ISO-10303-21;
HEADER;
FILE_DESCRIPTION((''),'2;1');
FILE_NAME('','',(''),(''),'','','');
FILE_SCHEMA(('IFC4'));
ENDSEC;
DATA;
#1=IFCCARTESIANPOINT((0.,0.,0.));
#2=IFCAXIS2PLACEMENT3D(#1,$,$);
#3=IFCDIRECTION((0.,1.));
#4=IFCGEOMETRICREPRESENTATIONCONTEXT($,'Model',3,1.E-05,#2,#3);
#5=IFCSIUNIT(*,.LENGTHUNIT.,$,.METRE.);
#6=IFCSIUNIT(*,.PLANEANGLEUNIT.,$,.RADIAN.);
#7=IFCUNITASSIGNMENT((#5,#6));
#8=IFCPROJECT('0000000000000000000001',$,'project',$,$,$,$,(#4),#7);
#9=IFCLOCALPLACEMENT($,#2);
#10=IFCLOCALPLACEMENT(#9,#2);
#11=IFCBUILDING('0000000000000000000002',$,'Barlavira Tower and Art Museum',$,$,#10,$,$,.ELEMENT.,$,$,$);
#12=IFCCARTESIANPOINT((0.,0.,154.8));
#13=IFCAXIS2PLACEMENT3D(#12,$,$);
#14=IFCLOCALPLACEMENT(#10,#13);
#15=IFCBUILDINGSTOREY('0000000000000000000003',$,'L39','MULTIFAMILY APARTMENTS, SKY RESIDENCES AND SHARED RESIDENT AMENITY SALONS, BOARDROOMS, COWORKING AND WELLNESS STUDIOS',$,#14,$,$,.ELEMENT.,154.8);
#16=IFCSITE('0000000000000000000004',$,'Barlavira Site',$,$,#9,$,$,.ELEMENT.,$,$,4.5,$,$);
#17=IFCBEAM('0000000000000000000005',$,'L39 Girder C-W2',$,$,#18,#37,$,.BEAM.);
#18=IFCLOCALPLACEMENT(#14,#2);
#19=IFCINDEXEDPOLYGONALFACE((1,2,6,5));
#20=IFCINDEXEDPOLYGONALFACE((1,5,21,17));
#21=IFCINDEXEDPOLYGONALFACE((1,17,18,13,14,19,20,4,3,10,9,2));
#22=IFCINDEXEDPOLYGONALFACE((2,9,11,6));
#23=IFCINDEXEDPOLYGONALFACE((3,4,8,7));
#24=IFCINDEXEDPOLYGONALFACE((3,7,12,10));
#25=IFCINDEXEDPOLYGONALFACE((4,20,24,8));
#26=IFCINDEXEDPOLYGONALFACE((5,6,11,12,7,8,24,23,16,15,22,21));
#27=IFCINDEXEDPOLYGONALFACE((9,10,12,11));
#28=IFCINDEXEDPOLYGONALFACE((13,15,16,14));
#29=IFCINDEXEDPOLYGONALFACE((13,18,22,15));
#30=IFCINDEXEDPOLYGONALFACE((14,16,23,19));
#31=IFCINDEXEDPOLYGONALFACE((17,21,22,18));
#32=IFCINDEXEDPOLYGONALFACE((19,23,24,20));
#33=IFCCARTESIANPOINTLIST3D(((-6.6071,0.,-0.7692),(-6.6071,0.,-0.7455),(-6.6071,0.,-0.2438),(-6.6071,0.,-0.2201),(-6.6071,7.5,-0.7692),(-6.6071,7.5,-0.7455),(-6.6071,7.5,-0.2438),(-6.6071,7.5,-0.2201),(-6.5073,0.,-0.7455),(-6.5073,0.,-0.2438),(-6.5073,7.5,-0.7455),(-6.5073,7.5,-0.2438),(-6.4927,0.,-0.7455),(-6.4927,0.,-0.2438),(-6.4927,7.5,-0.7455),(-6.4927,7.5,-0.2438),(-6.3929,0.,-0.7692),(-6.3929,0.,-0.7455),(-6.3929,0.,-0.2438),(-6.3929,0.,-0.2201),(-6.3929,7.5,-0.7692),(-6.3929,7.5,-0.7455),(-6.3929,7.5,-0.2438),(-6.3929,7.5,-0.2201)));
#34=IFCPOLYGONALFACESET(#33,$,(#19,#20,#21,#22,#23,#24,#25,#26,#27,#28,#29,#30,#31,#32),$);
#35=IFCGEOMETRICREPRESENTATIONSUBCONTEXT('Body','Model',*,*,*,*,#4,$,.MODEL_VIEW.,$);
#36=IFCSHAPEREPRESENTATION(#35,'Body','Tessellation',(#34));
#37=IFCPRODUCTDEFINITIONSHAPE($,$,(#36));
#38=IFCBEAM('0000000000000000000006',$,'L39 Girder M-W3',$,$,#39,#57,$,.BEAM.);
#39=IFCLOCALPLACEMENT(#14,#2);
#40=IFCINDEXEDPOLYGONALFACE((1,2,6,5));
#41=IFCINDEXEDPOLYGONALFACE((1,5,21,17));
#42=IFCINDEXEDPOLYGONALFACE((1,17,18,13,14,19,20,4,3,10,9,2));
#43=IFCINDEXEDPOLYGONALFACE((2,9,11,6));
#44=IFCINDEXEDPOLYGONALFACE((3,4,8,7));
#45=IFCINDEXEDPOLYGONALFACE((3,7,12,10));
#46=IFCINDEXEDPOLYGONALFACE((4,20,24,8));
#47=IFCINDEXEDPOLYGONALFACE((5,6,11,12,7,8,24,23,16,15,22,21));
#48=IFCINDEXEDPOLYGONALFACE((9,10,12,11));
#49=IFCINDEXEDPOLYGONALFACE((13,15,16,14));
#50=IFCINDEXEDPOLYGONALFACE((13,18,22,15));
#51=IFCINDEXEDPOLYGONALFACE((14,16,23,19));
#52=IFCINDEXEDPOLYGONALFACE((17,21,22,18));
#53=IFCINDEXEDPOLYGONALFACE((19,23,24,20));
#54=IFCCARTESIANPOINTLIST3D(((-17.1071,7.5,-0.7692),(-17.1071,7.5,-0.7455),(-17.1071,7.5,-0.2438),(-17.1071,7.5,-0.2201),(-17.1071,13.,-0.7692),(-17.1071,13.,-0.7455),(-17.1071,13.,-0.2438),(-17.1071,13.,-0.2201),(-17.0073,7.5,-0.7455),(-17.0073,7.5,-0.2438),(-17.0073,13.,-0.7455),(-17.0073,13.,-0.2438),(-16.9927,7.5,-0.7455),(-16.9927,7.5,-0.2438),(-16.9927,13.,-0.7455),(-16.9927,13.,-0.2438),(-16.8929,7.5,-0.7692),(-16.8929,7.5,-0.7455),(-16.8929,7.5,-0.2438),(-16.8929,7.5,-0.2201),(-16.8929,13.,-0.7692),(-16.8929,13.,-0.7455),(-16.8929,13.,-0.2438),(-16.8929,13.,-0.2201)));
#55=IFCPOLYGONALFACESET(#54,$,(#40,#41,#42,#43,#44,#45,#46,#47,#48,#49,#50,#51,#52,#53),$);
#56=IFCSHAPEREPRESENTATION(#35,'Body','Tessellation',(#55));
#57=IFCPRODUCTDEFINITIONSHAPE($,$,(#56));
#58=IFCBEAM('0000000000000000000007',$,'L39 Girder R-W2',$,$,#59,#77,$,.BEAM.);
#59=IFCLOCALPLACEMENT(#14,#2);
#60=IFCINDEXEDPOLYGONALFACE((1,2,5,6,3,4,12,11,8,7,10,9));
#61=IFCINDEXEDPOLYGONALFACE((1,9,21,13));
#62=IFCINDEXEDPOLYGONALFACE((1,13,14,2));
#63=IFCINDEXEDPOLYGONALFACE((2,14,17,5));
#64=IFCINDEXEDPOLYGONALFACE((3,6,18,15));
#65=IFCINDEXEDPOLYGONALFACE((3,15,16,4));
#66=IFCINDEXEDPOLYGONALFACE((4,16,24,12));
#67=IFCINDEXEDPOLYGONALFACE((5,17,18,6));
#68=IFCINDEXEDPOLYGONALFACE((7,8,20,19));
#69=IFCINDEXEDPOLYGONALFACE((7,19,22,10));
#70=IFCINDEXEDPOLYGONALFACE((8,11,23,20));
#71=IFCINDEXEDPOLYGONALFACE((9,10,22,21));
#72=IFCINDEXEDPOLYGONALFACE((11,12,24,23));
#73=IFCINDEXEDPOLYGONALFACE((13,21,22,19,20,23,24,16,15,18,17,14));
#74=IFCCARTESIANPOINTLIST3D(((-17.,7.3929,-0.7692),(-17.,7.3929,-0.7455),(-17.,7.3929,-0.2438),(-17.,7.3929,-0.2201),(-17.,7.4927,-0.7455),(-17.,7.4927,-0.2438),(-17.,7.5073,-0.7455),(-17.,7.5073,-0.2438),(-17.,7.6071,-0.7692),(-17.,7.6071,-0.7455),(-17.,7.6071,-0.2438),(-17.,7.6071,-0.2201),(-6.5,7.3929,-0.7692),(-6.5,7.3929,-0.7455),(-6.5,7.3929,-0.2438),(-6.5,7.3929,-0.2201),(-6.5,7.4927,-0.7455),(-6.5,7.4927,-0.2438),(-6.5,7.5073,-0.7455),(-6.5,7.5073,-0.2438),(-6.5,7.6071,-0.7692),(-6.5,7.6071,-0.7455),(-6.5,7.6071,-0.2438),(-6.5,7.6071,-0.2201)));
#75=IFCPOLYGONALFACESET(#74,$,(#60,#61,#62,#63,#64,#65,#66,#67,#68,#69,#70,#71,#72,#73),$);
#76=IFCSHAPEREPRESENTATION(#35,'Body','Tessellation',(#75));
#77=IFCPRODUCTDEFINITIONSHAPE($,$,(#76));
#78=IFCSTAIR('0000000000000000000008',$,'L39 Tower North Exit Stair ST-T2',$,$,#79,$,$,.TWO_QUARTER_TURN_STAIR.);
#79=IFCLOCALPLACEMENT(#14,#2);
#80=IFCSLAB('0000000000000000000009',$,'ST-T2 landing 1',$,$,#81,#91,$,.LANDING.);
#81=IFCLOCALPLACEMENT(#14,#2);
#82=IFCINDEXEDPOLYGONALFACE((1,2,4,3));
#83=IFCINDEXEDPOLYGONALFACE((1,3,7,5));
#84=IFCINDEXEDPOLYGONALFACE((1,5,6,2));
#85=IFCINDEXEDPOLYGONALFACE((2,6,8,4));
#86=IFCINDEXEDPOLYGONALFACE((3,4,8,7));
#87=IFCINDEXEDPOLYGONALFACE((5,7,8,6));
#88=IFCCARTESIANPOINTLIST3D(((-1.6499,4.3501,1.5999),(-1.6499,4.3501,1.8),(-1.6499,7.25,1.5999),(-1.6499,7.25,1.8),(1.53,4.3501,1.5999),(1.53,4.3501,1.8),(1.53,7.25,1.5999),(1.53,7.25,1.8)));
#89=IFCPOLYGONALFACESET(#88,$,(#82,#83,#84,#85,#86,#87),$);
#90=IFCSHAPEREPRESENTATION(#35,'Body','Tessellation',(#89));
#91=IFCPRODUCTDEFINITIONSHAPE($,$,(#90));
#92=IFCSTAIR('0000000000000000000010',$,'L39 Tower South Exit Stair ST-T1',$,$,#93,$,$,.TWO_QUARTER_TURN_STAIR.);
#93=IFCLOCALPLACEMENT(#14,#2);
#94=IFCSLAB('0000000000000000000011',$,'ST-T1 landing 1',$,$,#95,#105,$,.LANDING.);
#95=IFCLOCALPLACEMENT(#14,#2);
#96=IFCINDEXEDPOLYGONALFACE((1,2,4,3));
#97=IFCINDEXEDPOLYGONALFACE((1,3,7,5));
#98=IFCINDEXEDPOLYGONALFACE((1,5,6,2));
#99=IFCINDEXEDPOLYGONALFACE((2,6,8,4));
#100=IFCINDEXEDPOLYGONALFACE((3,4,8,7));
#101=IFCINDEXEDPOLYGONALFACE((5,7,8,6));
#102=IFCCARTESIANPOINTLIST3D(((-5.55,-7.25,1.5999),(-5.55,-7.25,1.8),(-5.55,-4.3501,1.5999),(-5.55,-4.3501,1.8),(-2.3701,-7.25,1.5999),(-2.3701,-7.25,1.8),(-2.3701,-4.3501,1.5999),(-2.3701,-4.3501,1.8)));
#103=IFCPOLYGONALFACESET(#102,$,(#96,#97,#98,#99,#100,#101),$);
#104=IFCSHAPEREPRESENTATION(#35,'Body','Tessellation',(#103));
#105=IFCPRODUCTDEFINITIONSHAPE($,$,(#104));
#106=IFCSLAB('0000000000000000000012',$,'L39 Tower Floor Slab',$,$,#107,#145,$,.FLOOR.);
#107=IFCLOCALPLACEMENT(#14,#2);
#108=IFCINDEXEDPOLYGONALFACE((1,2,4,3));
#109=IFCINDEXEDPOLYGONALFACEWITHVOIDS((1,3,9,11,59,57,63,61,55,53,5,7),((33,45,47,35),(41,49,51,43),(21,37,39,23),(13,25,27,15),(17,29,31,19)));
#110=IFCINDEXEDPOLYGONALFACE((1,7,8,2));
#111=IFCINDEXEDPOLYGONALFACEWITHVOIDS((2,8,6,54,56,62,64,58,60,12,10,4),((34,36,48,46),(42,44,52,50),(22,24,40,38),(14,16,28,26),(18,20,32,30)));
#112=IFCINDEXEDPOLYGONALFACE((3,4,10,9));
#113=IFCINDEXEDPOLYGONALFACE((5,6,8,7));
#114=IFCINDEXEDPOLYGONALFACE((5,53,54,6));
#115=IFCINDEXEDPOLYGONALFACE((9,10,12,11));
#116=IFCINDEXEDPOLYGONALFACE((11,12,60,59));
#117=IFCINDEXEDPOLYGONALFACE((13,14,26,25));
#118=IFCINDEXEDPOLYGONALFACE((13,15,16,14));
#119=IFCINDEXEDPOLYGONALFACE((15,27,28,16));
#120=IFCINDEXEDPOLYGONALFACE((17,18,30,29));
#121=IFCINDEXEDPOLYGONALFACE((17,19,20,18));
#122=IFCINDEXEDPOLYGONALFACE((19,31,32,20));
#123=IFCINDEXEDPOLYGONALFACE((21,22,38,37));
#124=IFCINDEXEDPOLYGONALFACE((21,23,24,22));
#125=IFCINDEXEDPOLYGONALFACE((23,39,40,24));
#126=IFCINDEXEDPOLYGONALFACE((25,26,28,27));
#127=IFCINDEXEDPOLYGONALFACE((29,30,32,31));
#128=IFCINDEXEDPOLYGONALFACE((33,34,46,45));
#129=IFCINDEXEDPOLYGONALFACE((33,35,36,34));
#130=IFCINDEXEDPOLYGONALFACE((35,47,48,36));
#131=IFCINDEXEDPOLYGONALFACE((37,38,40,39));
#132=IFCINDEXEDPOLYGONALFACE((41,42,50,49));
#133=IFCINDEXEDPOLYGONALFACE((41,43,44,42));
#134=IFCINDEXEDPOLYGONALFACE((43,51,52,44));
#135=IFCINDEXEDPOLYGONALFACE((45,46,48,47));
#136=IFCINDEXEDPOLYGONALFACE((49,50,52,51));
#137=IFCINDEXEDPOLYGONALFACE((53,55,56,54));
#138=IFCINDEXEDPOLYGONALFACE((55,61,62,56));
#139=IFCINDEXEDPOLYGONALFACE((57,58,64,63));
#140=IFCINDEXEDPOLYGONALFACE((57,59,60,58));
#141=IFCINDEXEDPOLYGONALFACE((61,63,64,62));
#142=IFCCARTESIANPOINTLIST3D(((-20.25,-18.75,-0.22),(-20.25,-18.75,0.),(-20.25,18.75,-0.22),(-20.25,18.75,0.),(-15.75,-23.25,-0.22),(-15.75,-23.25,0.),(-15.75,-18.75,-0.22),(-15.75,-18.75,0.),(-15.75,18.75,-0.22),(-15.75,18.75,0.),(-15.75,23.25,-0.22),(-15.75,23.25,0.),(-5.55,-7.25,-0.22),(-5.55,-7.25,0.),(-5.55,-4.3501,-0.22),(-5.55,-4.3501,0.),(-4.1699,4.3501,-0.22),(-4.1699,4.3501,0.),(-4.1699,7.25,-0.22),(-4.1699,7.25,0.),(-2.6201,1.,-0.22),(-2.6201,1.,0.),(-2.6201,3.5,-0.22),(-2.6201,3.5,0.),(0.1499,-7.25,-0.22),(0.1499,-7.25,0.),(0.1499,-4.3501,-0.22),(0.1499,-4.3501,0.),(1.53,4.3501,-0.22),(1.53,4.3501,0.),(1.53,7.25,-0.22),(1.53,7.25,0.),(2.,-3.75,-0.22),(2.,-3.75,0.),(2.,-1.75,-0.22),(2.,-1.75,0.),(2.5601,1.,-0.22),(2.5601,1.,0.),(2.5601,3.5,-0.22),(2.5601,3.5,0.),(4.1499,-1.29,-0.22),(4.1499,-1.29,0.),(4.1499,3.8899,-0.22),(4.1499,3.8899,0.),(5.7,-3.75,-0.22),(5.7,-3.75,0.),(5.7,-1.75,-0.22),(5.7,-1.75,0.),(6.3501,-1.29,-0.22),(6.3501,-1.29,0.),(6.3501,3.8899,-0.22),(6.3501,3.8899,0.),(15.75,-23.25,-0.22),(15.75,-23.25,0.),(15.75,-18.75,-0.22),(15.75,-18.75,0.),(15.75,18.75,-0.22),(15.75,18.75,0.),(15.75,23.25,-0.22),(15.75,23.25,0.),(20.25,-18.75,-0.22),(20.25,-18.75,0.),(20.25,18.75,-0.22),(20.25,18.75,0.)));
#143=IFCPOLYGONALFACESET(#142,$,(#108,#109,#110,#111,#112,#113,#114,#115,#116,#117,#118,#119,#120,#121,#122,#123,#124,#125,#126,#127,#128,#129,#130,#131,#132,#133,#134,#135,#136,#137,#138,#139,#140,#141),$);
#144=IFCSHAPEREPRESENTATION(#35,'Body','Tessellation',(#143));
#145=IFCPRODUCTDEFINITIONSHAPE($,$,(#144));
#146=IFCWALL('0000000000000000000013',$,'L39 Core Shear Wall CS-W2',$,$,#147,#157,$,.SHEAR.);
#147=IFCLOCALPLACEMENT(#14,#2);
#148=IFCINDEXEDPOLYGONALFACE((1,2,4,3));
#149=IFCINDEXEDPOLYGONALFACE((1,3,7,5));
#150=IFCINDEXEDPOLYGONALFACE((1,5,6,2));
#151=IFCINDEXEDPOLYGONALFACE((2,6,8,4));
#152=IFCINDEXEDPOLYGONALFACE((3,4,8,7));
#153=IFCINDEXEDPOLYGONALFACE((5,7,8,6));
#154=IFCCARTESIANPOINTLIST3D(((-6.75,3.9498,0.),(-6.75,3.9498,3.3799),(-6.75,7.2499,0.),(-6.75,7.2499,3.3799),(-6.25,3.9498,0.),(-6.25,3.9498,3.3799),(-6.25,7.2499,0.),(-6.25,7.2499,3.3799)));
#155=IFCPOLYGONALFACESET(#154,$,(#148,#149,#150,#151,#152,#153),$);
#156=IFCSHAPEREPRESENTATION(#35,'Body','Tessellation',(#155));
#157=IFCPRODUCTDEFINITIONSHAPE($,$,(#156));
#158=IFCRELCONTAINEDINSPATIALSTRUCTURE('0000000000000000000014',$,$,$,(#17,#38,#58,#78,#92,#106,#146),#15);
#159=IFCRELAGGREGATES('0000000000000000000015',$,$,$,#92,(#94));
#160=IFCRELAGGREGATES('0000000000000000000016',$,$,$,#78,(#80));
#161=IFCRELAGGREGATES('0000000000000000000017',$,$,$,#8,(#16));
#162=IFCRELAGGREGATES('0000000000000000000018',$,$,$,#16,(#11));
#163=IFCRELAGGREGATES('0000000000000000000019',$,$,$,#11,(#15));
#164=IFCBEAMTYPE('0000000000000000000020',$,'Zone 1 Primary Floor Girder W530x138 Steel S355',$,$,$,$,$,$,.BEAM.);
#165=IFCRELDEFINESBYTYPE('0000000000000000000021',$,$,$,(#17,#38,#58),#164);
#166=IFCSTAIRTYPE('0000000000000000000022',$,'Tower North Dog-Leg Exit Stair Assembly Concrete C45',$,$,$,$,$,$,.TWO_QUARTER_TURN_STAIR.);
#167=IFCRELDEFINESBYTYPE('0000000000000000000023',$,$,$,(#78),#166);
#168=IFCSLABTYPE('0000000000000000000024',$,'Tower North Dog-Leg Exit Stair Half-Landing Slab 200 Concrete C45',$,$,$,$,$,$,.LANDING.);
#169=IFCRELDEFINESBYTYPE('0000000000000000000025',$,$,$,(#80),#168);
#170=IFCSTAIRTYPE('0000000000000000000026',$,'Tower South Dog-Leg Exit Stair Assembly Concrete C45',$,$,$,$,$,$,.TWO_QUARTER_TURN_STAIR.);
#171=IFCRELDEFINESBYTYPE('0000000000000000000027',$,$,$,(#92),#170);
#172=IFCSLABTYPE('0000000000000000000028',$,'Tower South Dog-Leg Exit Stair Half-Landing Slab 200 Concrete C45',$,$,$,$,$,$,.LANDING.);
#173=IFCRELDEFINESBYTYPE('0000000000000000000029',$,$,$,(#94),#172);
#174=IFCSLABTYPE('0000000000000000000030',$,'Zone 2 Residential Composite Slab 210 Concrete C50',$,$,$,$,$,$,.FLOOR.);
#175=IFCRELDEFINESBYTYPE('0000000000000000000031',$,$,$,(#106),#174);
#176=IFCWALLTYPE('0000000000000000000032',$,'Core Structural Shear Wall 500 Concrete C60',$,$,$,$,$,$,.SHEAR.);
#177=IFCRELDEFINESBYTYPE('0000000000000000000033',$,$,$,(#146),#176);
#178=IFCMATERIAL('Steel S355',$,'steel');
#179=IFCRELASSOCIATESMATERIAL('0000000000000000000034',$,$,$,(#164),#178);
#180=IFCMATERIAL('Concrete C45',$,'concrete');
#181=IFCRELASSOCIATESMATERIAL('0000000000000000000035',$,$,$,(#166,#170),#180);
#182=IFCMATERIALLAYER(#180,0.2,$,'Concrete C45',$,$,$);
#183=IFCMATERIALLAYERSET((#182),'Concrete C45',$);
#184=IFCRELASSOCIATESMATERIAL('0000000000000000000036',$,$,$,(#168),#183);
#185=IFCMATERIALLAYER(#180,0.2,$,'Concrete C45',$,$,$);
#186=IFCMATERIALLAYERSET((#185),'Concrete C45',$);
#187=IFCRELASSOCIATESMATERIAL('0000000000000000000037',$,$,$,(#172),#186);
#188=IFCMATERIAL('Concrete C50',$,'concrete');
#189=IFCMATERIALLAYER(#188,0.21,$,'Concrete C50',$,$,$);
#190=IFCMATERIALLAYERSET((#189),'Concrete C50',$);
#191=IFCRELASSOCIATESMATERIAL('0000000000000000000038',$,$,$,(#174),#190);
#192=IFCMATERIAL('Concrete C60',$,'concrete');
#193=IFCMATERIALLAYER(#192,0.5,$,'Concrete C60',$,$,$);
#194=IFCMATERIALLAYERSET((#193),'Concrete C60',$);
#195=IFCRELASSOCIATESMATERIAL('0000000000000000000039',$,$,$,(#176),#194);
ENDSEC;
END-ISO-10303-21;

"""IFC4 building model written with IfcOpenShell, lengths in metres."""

from ifc_helpers import new_model, si_unit, direction, frame, frame_2d, origin, origin_2d, place, context, subcontext, project, spatial, polyline, rectangle, i_section, outline, extrude, material, layer, layer_set, material_profile, profile_set, type_object, element, aggregate, save


model = new_model("IFC4")

# Units and contexts
model_context = context("Model", 3, precision=1e-05, world=origin(), true_north=direction((0.0, 1.0)))
body_context = subcontext(model_context, "Body", "Model", "MODEL_VIEW")
ifc_project = project(units=[si_unit("LENGTHUNIT", "METRE"), si_unit("PLANEANGLEUNIT", "RADIAN")], contexts=[model_context])

# Site, building, storey
site_placement = place(None, origin())
site = spatial("IfcSite", under=ifc_project, at=site_placement, Name="Barlavira Site", CompositionType="ELEMENT", RefElevation=4.5)
building_placement = place(site_placement, origin())
building = spatial("IfcBuilding", under=site, at=building_placement, Name="Barlavira Tower and Art Museum", CompositionType="ELEMENT")
storey_placement = place(building_placement, frame((0.0, 0.0, 154.8)))
storey = spatial("IfcBuildingStorey", under=building, at=storey_placement, Name="L39", Description="MULTIFAMILY APARTMENTS, SKY RESIDENCES AND SHARED RESIDENT AMENITY SALONS, BOARDROOMS, COWORKING AND WELLNESS STUDIOS", CompositionType="ELEMENT", Elevation=154.8)

# Beams
ifc_material_1 = material(Name="Steel S355", Category="steel")
ifc_material_profile = material_profile(ifc_material_1, i_section(OverallWidth=0.2141, OverallDepth=0.5491, WebThickness=0.0146, FlangeThickness=0.0237, at=origin_2d()), Name="W530x138.0")
ifc_profile_set = profile_set([ifc_material_profile], Name="Steel S355")
beam_type = type_object("IfcBeamType", Name="Zone 1 Primary Floor Girder W530x138 Steel S355", PredefinedType="BEAM", material=ifc_profile_set)
beam_1_placement = place(storey_placement, frame((-6.5, 0.0, -0.4946), z_axis=(0.0, 1.0, 0.0), x_axis=(-1.0, 0.0, 0.0)))
element("IfcBeam", 1, at=beam_1_placement, inside=storey, type_object=beam_type, Name="L39 Girder C-W2", PredefinedType="BEAM", context=body_context, shape_type="SweptSolid", body=[
    extrude(i_section(OverallWidth=0.2141, OverallDepth=0.5491, WebThickness=0.0146, FlangeThickness=0.0237, at=origin_2d()), origin(), (0.0, 0.0, 1.0), 7.5),
])
beam_2_placement = place(storey_placement, frame((-17.0, 7.5, -0.4946), z_axis=(0.0, 1.0, 0.0), x_axis=(-1.0, 0.0, 0.0)))
element("IfcBeam", 2, at=beam_2_placement, inside=storey, type_object=beam_type, Name="L39 Girder M-W3", PredefinedType="BEAM", context=body_context, shape_type="SweptSolid", body=[
    extrude(i_section(OverallWidth=0.2141, OverallDepth=0.5491, WebThickness=0.0146, FlangeThickness=0.0237, at=origin_2d()), origin(), (0.0, 0.0, 1.0), 5.5),
])
beam_3_placement = place(storey_placement, frame((-17.0, 7.5, -0.4946), z_axis=(1.0, 0.0, 0.0), x_axis=(0.0, 1.0, 0.0)))
element("IfcBeam", 3, at=beam_3_placement, inside=storey, type_object=beam_type, Name="L39 Girder R-W2", PredefinedType="BEAM", context=body_context, shape_type="SweptSolid", body=[
    extrude(i_section(OverallWidth=0.2141, OverallDepth=0.5491, WebThickness=0.0146, FlangeThickness=0.0237, at=origin_2d()), origin(), (0.0, 0.0, 1.0), 10.5),
])

# Stairs, slabs
ifc_material_2 = material(Name="Concrete C45", Category="concrete")
stair_type_1 = type_object("IfcStairType", Name="Tower North Dog-Leg Exit Stair Assembly Concrete C45", PredefinedType="TWO_QUARTER_TURN_STAIR", material=ifc_material_2)
stair_1_placement = place(storey_placement, origin())
stair_1 = element("IfcStair", 4, at=stair_1_placement, inside=storey, type_object=stair_type_1, Name="L39 Tower North Exit Stair ST-T2", PredefinedType="TWO_QUARTER_TURN_STAIR")
ifc_layer_1 = layer(ifc_material_2, 0.2, Name="Concrete C45")
ifc_layer_set_1 = layer_set([ifc_layer_1], Name="Concrete C45")
slab_type_1 = type_object("IfcSlabType", Name="Tower North Dog-Leg Exit Stair Half-Landing Slab 200 Concrete C45", PredefinedType="LANDING", material=ifc_layer_set_1)
slab_1_placement = place(storey_placement, frame((0.0, 0.0, 1.5999)))
slab_1 = element("IfcSlab", 5, at=slab_1_placement, type_object=slab_type_1, Name="ST-T2 landing 1", PredefinedType="LANDING", context=body_context, shape_type="SweptSolid", body=[
    extrude(outline(polyline([(-1.6499, 4.3501), (1.53, 4.3501), (1.53, 7.25), (-1.6499, 7.25), (-1.6499, 4.3501)])), origin(), (0.0, 0.0, 1.0), 0.2002),
])
stair_type_2 = type_object("IfcStairType", Name="Tower South Dog-Leg Exit Stair Assembly Concrete C45", PredefinedType="TWO_QUARTER_TURN_STAIR", material=ifc_material_2)
stair_2_placement = place(storey_placement, origin())
stair_2 = element("IfcStair", 6, at=stair_2_placement, inside=storey, type_object=stair_type_2, Name="L39 Tower South Exit Stair ST-T1", PredefinedType="TWO_QUARTER_TURN_STAIR")
ifc_layer_2 = layer(ifc_material_2, 0.2, Name="Concrete C45")
ifc_layer_set_2 = layer_set([ifc_layer_2], Name="Concrete C45")
slab_type_2 = type_object("IfcSlabType", Name="Tower South Dog-Leg Exit Stair Half-Landing Slab 200 Concrete C45", PredefinedType="LANDING", material=ifc_layer_set_2)
slab_2_placement = place(storey_placement, frame((0.0, 0.0, 1.5999)))
slab_2 = element("IfcSlab", 7, at=slab_2_placement, type_object=slab_type_2, Name="ST-T1 landing 1", PredefinedType="LANDING", context=body_context, shape_type="SweptSolid", body=[
    extrude(outline(polyline([(-2.3701, -4.3501), (-5.55, -4.3501), (-5.55, -7.25), (-2.3701, -7.25), (-2.3701, -4.3501)])), origin(), (0.0, 0.0, 1.0), 0.2002),
])
aggregate(stair_2, [slab_2])

# Slab
ifc_material_3 = material(Name="Concrete C50", Category="concrete")
ifc_layer_3 = layer(ifc_material_3, 0.21, Name="Concrete C50")
ifc_layer_set_3 = layer_set([ifc_layer_3], Name="Concrete C50")
slab_type_3 = type_object("IfcSlabType", Name="Zone 2 Residential Composite Slab 210 Concrete C50", PredefinedType="FLOOR", material=ifc_layer_set_3)
slab_3_placement = place(storey_placement, frame((0.0, 0.0, -0.22)))
element("IfcSlab", 8, at=slab_3_placement, inside=storey, type_object=slab_type_3, Name="L39 Tower Floor Slab", PredefinedType="FLOOR", context=body_context, shape_type="SweptSolid", body=[
    extrude(outline(polyline([(-15.75, -23.25), (15.75, -23.25), (15.75, -18.75), (20.25, -18.75), (20.25, 18.75), (15.75, 18.75), (15.75, 23.25), (-15.75, 23.25), (-15.75, 18.75), (-20.25, 18.75), (-20.25, -18.75), (-15.75, -18.75), (-15.75, -23.25)]), holes=[polyline([(0.1499, -4.3501), (-5.55, -4.3501), (-5.55, -7.25), (0.1499, -7.25), (0.1499, -4.3501)]), polyline([(-4.1699, 4.3501), (1.53, 4.3501), (1.53, 7.25), (-4.1699, 7.25), (-4.1699, 4.3501)]), polyline([(4.1499, -1.29), (6.3501, -1.29), (6.3501, 3.8899), (4.1499, 3.8899), (4.1499, -1.29)]), polyline([(-2.6201, 1.0), (2.5601, 1.0), (2.5601, 3.5), (-2.6201, 3.5), (-2.6201, 1.0)]), polyline([(2.0, -3.75), (5.7, -3.75), (5.7, -1.75), (2.0, -1.75), (2.0, -3.75)])]), origin(), (0.0, 0.0, 1.0), 0.22),
])

# Shared definitions
ifc_material_4 = material(Name="Concrete C60", Category="concrete")
ifc_layer_4 = layer(ifc_material_4, 0.5, Name="Concrete C60")
ifc_layer_set_4 = layer_set([ifc_layer_4], Name="Concrete C60")
wall_type_1 = type_object("IfcWallType", Name="Core Structural Shear Wall 500 Concrete C60", PredefinedType="SHEAR", material=ifc_layer_set_4)

# Wall
wall_1_placement = place(storey_placement, frame((-6.5, 3.95, 0.0), z_axis=(0.0, 0.0, 1.0), x_axis=(0.0, 1.0, 0.0)))
element("IfcWall", 9, at=wall_1_placement, inside=storey, type_object=wall_type_1, Name="L39 Core Shear Wall CS-W2", PredefinedType="SHEAR", context=body_context, shape_type="SweptSolid", body=[
    extrude(rectangle(XDim=3.3, YDim=0.5, at=frame_2d((1.6499, 0.0))), origin(), (0.0, 0.0, 1.0), 3.3799),
])

aggregate(stair_1, [slab_1])

save(model, "model.ifc")
